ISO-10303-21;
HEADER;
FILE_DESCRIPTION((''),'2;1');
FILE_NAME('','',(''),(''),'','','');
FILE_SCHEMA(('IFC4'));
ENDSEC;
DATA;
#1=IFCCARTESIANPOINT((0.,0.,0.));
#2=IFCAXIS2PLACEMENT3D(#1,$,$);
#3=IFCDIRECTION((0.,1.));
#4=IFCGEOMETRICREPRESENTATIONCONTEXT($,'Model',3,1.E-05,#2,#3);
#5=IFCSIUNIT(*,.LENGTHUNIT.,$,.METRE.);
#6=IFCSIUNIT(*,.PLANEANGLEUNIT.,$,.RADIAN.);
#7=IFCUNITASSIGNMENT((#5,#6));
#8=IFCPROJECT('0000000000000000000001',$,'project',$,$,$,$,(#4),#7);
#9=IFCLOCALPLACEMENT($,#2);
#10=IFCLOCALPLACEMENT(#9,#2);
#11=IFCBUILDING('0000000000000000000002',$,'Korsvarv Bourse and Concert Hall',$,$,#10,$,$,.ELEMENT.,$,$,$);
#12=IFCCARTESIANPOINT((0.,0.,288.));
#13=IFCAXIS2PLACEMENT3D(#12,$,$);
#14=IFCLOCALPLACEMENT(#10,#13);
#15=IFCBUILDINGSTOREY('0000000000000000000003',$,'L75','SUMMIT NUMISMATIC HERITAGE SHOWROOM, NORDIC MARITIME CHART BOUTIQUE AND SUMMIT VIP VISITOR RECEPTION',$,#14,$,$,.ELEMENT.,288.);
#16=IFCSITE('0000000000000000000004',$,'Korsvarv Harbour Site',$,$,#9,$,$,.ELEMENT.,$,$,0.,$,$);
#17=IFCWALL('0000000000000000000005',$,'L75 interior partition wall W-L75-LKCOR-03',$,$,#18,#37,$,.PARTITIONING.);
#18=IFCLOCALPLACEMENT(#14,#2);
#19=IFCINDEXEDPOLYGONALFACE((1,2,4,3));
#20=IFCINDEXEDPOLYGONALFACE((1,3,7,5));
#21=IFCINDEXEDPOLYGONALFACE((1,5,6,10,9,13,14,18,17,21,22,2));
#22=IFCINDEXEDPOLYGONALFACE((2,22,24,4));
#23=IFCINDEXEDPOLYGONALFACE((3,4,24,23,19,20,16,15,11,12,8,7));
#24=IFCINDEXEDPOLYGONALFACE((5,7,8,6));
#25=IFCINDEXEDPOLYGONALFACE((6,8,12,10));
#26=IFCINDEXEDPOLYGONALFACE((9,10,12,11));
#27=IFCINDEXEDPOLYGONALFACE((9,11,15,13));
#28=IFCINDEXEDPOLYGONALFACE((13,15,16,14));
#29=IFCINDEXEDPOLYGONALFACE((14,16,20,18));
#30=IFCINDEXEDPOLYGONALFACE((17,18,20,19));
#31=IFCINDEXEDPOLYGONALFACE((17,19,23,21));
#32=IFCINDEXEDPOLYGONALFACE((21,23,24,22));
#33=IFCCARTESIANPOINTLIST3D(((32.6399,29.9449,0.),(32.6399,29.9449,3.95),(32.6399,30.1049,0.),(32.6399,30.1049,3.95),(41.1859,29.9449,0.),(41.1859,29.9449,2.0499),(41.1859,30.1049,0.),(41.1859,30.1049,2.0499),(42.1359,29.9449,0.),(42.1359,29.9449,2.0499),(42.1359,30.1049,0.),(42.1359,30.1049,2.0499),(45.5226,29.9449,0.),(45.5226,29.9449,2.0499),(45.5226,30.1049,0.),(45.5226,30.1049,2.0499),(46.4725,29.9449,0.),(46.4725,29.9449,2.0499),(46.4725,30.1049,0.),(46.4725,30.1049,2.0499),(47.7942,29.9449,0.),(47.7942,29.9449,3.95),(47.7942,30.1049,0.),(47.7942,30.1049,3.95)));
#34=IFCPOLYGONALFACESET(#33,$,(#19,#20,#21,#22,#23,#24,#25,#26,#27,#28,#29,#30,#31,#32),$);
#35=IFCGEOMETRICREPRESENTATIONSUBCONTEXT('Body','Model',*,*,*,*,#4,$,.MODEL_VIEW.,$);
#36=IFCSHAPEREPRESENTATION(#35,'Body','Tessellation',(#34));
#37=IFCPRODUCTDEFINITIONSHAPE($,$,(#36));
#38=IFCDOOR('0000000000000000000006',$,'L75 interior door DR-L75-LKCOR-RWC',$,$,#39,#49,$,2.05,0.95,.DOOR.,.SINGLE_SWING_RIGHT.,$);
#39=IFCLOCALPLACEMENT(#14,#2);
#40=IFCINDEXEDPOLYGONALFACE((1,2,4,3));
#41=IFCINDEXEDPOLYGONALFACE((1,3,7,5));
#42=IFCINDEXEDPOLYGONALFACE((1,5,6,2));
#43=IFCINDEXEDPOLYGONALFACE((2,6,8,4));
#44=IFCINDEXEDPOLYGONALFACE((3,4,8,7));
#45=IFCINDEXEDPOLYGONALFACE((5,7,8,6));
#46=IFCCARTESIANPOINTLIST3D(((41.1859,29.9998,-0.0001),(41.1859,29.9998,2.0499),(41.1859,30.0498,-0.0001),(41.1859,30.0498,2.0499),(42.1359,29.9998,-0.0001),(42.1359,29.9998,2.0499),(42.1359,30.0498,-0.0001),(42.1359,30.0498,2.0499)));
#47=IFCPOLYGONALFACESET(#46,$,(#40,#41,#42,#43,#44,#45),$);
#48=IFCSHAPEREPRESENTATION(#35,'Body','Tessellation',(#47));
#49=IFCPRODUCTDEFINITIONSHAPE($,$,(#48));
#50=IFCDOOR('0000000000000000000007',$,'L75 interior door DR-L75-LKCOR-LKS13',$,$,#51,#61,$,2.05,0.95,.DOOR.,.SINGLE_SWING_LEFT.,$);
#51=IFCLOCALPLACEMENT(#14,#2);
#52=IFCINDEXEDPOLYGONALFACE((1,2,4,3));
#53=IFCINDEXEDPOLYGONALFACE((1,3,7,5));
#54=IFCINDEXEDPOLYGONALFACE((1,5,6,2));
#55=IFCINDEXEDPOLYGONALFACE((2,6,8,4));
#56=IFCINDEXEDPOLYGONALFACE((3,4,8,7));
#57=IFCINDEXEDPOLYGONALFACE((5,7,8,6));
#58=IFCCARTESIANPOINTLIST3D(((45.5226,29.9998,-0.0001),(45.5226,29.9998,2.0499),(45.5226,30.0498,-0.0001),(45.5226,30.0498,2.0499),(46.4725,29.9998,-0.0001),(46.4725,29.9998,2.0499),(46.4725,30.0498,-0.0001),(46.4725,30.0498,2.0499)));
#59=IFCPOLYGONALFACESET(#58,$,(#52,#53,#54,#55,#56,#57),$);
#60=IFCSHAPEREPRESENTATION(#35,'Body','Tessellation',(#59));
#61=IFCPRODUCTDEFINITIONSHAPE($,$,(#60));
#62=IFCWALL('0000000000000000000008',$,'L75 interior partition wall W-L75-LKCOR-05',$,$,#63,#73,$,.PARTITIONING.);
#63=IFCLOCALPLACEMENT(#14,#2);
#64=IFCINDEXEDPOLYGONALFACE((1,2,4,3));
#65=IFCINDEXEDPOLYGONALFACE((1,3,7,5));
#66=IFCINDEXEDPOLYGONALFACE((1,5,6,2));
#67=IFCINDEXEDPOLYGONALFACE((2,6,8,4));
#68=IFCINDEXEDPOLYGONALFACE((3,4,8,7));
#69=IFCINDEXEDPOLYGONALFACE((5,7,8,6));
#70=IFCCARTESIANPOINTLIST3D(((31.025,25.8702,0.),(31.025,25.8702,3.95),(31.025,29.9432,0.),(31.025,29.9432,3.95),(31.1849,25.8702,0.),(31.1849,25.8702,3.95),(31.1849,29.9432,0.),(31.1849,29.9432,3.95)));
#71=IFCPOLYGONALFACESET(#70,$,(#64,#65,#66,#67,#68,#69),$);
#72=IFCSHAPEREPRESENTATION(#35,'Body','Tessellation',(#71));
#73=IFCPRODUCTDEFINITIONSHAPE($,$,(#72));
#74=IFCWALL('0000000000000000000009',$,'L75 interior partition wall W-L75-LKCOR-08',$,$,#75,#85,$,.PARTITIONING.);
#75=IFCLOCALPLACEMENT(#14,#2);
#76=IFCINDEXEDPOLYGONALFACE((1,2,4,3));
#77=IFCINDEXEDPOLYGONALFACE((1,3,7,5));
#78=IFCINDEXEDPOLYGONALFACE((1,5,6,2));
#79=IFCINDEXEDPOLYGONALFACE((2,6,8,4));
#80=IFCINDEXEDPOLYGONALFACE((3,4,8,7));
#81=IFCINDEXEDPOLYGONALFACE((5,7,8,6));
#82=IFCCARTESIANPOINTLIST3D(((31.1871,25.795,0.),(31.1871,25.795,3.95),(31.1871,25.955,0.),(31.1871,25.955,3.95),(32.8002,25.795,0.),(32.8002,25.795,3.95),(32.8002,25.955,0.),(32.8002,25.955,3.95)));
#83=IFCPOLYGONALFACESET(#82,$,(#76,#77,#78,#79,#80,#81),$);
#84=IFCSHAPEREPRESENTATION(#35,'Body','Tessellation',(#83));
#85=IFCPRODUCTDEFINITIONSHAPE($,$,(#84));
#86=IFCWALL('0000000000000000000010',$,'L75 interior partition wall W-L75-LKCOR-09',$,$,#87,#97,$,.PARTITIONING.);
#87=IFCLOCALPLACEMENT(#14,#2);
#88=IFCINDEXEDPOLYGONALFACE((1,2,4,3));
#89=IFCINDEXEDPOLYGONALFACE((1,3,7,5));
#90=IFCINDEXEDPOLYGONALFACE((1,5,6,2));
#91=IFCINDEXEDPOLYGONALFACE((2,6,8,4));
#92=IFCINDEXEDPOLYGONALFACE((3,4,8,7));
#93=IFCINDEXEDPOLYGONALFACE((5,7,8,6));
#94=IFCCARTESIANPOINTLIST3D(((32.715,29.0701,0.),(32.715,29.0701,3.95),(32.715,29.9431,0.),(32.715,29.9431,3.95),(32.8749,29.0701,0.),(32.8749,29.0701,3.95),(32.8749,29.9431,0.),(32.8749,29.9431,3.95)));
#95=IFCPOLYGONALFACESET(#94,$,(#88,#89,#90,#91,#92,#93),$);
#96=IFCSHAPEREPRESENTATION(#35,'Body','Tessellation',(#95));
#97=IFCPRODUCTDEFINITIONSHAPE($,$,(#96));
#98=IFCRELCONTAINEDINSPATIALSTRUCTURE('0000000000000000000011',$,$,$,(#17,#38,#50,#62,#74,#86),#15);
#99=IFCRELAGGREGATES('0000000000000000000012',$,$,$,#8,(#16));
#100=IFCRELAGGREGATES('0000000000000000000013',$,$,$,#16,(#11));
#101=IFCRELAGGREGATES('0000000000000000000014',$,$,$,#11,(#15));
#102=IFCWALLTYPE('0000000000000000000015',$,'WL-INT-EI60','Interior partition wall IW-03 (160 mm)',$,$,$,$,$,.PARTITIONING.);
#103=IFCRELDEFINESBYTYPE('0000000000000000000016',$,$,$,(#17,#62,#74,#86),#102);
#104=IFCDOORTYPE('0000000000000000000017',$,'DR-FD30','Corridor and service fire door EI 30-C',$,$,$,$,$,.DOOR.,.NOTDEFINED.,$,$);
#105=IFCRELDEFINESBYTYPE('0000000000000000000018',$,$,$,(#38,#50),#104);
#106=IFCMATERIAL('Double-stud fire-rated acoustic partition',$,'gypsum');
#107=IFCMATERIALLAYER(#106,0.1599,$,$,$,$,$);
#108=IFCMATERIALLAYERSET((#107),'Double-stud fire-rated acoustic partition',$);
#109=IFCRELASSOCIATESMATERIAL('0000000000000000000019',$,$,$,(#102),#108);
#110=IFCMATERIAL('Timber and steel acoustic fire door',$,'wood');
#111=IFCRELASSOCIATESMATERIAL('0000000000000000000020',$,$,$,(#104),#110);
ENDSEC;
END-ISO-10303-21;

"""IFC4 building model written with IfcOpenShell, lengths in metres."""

from ifc_helpers import new_model, si_unit, direction, frame, frame_2d, origin, place, context, subcontext, project, spatial, rectangle, extrude, material, layer, layer_set, type_object, element, fill, save


model = new_model("IFC4")

# Units and contexts
model_context = context("Model", 3, precision=1e-05, world=origin(), true_north=direction((0.0, 1.0)))
body_context = subcontext(model_context, "Body", "Model", "MODEL_VIEW")
ifc_project = project(units=[si_unit("LENGTHUNIT", "METRE"), si_unit("PLANEANGLEUNIT", "RADIAN")], contexts=[model_context])

# Site, building, storey
site_placement = place(None, origin())
site = spatial("IfcSite", under=ifc_project, at=site_placement, Name="Korsvarv Harbour Site", CompositionType="ELEMENT", RefElevation=0.0)
building_placement = place(site_placement, origin())
building = spatial("IfcBuilding", under=site, at=building_placement, Name="Korsvarv Bourse and Concert Hall", CompositionType="ELEMENT")
storey_placement = place(building_placement, frame((0.0, 0.0, 288.0)))
storey = spatial("IfcBuildingStorey", under=building, at=storey_placement, Name="L75", Description="SUMMIT NUMISMATIC HERITAGE SHOWROOM, NORDIC MARITIME CHART BOUTIQUE AND SUMMIT VIP VISITOR RECEPTION", CompositionType="ELEMENT", Elevation=288.0)

# Wall, openings, doors
ifc_material_1 = material(Name="Double-stud fire-rated acoustic partition", Category="gypsum")
ifc_layer_1 = layer(ifc_material_1, 0.1599)
ifc_layer_set_1 = layer_set([ifc_layer_1], Name="Double-stud fire-rated acoustic partition")
wall_type_1 = type_object("IfcWallType", Name="WL-INT-EI60", Description="Interior partition wall IW-03 (160 mm)", PredefinedType="PARTITIONING", material=ifc_layer_set_1)
wall_1_placement = place(storey_placement, frame((32.6399, 30.0249, 0.0), z_axis=(0.0, 0.0, 1.0), x_axis=(1.0, 0.0, 0.0)))
wall_1 = element("IfcWall", 1, at=wall_1_placement, inside=storey, type_object=wall_type_1, Name="L75 interior partition wall W-L75-LKCOR-03", PredefinedType="PARTITIONING", context=body_context, shape_type="SweptSolid", body=[
    extrude(rectangle(XDim=15.1543, YDim=0.1599, at=frame_2d((7.5771, 0.0))), origin(), (0.0, 0.0, 1.0), 3.95),
])
opening_1_placement = place(wall_1_placement, frame((8.5459, 0.0, 0.0)))
opening_1 = element("IfcOpeningElement", 2, at=opening_1_placement, cuts=wall_1, PredefinedType="OPENING", context=body_context, shape_type="SweptSolid", body=[
    extrude(rectangle(XDim=0.95, YDim=2.05, at=frame_2d((0.4751, 1.0249))), frame((0.0, 0.0898, 0.0), z_axis=(0.0, -1.0, 0.0), x_axis=(1.0, 0.0, 0.0)), (0.0, 0.0, 1.0), 0.1799),
])
opening_2_placement = place(wall_1_placement, frame((12.8826, 0.0, 0.0)))
opening_2 = element("IfcOpeningElement", 3, at=opening_2_placement, cuts=wall_1, PredefinedType="OPENING", context=body_context, shape_type="SweptSolid", body=[
    extrude(rectangle(XDim=0.95, YDim=2.05, at=frame_2d((0.4751, 1.0249))), frame((0.0, 0.0898, 0.0), z_axis=(0.0, -1.0, 0.0), x_axis=(1.0, 0.0, 0.0)), (0.0, 0.0, 1.0), 0.1799),
])
ifc_material_2 = material(Name="Timber and steel acoustic fire door", Category="wood")
door_type_1 = type_object("IfcDoorType", Name="DR-FD30", Description="Corridor and service fire door EI 30-C", OperationType="NOTDEFINED", PredefinedType="DOOR", material=ifc_material_2)
door_1_placement = place(opening_1_placement, origin())
door_1 = element("IfcDoor", 4, at=door_1_placement, inside=storey, type_object=door_type_1, Name="L75 interior door DR-L75-LKCOR-RWC", OperationType="SINGLE_SWING_RIGHT", OverallHeight=2.05, OverallWidth=0.95, PredefinedType="DOOR", context=body_context, shape_type="SweptSolid", body=[
    extrude(rectangle(XDim=0.95, YDim=2.05, at=frame_2d((0.4751, 1.0249))), frame((0.0, 0.0249, 0.0), z_axis=(0.0, -1.0, 0.0), x_axis=(1.0, 0.0, 0.0)), (0.0, 0.0, 1.0), 0.05),
])
fill(opening_1, door_1)
door_2_placement = place(opening_2_placement, origin())
door_2 = element("IfcDoor", 5, at=door_2_placement, inside=storey, type_object=door_type_1, Name="L75 interior door DR-L75-LKCOR-LKS13", OperationType="SINGLE_SWING_LEFT", OverallHeight=2.05, OverallWidth=0.95, PredefinedType="DOOR", context=body_context, shape_type="SweptSolid", body=[
    extrude(rectangle(XDim=0.95, YDim=2.05, at=frame_2d((0.4751, 1.0249))), frame((0.0, 0.0249, 0.0), z_axis=(0.0, -1.0, 0.0), x_axis=(1.0, 0.0, 0.0)), (0.0, 0.0, 1.0), 0.05),
])
fill(opening_2, door_2)

# Walls
wall_2_placement = place(storey_placement, frame((31.105, 25.8701, 0.0), z_axis=(0.0, 0.0, 1.0), x_axis=(0.0, 1.0, 0.0)))
element("IfcWall", 6, at=wall_2_placement, inside=storey, type_object=wall_type_1, Name="L75 interior partition wall W-L75-LKCOR-05", PredefinedType="PARTITIONING", context=body_context, shape_type="SweptSolid", body=[
    extrude(rectangle(XDim=4.073, YDim=0.1599, at=frame_2d((2.0366, 0.0))), origin(), (0.0, 0.0, 1.0), 3.95),
])
wall_3_placement = place(storey_placement, frame((31.187, 25.875, 0.0), z_axis=(0.0, 0.0, 1.0), x_axis=(1.0, 0.0, 0.0)))
element("IfcWall", 7, at=wall_3_placement, inside=storey, type_object=wall_type_1, Name="L75 interior partition wall W-L75-LKCOR-08", PredefinedType="PARTITIONING", context=body_context, shape_type="SweptSolid", body=[
    extrude(rectangle(XDim=1.613, YDim=0.1599, at=frame_2d((0.8066, 0.0))), origin(), (0.0, 0.0, 1.0), 3.95),
])
wall_4_placement = place(storey_placement, frame((32.7949, 29.0701, 0.0), z_axis=(0.0, 0.0, 1.0), x_axis=(0.0, 1.0, 0.0)))
element("IfcWall", 8, at=wall_4_placement, inside=storey, type_object=wall_type_1, Name="L75 interior partition wall W-L75-LKCOR-09", PredefinedType="PARTITIONING", context=body_context, shape_type="SweptSolid", body=[
    extrude(rectangle(XDim=0.873, YDim=0.1599, at=frame_2d((0.4365, 0.0))), origin(), (0.0, 0.0, 1.0), 3.95),
])

save(model, "model.ifc")
